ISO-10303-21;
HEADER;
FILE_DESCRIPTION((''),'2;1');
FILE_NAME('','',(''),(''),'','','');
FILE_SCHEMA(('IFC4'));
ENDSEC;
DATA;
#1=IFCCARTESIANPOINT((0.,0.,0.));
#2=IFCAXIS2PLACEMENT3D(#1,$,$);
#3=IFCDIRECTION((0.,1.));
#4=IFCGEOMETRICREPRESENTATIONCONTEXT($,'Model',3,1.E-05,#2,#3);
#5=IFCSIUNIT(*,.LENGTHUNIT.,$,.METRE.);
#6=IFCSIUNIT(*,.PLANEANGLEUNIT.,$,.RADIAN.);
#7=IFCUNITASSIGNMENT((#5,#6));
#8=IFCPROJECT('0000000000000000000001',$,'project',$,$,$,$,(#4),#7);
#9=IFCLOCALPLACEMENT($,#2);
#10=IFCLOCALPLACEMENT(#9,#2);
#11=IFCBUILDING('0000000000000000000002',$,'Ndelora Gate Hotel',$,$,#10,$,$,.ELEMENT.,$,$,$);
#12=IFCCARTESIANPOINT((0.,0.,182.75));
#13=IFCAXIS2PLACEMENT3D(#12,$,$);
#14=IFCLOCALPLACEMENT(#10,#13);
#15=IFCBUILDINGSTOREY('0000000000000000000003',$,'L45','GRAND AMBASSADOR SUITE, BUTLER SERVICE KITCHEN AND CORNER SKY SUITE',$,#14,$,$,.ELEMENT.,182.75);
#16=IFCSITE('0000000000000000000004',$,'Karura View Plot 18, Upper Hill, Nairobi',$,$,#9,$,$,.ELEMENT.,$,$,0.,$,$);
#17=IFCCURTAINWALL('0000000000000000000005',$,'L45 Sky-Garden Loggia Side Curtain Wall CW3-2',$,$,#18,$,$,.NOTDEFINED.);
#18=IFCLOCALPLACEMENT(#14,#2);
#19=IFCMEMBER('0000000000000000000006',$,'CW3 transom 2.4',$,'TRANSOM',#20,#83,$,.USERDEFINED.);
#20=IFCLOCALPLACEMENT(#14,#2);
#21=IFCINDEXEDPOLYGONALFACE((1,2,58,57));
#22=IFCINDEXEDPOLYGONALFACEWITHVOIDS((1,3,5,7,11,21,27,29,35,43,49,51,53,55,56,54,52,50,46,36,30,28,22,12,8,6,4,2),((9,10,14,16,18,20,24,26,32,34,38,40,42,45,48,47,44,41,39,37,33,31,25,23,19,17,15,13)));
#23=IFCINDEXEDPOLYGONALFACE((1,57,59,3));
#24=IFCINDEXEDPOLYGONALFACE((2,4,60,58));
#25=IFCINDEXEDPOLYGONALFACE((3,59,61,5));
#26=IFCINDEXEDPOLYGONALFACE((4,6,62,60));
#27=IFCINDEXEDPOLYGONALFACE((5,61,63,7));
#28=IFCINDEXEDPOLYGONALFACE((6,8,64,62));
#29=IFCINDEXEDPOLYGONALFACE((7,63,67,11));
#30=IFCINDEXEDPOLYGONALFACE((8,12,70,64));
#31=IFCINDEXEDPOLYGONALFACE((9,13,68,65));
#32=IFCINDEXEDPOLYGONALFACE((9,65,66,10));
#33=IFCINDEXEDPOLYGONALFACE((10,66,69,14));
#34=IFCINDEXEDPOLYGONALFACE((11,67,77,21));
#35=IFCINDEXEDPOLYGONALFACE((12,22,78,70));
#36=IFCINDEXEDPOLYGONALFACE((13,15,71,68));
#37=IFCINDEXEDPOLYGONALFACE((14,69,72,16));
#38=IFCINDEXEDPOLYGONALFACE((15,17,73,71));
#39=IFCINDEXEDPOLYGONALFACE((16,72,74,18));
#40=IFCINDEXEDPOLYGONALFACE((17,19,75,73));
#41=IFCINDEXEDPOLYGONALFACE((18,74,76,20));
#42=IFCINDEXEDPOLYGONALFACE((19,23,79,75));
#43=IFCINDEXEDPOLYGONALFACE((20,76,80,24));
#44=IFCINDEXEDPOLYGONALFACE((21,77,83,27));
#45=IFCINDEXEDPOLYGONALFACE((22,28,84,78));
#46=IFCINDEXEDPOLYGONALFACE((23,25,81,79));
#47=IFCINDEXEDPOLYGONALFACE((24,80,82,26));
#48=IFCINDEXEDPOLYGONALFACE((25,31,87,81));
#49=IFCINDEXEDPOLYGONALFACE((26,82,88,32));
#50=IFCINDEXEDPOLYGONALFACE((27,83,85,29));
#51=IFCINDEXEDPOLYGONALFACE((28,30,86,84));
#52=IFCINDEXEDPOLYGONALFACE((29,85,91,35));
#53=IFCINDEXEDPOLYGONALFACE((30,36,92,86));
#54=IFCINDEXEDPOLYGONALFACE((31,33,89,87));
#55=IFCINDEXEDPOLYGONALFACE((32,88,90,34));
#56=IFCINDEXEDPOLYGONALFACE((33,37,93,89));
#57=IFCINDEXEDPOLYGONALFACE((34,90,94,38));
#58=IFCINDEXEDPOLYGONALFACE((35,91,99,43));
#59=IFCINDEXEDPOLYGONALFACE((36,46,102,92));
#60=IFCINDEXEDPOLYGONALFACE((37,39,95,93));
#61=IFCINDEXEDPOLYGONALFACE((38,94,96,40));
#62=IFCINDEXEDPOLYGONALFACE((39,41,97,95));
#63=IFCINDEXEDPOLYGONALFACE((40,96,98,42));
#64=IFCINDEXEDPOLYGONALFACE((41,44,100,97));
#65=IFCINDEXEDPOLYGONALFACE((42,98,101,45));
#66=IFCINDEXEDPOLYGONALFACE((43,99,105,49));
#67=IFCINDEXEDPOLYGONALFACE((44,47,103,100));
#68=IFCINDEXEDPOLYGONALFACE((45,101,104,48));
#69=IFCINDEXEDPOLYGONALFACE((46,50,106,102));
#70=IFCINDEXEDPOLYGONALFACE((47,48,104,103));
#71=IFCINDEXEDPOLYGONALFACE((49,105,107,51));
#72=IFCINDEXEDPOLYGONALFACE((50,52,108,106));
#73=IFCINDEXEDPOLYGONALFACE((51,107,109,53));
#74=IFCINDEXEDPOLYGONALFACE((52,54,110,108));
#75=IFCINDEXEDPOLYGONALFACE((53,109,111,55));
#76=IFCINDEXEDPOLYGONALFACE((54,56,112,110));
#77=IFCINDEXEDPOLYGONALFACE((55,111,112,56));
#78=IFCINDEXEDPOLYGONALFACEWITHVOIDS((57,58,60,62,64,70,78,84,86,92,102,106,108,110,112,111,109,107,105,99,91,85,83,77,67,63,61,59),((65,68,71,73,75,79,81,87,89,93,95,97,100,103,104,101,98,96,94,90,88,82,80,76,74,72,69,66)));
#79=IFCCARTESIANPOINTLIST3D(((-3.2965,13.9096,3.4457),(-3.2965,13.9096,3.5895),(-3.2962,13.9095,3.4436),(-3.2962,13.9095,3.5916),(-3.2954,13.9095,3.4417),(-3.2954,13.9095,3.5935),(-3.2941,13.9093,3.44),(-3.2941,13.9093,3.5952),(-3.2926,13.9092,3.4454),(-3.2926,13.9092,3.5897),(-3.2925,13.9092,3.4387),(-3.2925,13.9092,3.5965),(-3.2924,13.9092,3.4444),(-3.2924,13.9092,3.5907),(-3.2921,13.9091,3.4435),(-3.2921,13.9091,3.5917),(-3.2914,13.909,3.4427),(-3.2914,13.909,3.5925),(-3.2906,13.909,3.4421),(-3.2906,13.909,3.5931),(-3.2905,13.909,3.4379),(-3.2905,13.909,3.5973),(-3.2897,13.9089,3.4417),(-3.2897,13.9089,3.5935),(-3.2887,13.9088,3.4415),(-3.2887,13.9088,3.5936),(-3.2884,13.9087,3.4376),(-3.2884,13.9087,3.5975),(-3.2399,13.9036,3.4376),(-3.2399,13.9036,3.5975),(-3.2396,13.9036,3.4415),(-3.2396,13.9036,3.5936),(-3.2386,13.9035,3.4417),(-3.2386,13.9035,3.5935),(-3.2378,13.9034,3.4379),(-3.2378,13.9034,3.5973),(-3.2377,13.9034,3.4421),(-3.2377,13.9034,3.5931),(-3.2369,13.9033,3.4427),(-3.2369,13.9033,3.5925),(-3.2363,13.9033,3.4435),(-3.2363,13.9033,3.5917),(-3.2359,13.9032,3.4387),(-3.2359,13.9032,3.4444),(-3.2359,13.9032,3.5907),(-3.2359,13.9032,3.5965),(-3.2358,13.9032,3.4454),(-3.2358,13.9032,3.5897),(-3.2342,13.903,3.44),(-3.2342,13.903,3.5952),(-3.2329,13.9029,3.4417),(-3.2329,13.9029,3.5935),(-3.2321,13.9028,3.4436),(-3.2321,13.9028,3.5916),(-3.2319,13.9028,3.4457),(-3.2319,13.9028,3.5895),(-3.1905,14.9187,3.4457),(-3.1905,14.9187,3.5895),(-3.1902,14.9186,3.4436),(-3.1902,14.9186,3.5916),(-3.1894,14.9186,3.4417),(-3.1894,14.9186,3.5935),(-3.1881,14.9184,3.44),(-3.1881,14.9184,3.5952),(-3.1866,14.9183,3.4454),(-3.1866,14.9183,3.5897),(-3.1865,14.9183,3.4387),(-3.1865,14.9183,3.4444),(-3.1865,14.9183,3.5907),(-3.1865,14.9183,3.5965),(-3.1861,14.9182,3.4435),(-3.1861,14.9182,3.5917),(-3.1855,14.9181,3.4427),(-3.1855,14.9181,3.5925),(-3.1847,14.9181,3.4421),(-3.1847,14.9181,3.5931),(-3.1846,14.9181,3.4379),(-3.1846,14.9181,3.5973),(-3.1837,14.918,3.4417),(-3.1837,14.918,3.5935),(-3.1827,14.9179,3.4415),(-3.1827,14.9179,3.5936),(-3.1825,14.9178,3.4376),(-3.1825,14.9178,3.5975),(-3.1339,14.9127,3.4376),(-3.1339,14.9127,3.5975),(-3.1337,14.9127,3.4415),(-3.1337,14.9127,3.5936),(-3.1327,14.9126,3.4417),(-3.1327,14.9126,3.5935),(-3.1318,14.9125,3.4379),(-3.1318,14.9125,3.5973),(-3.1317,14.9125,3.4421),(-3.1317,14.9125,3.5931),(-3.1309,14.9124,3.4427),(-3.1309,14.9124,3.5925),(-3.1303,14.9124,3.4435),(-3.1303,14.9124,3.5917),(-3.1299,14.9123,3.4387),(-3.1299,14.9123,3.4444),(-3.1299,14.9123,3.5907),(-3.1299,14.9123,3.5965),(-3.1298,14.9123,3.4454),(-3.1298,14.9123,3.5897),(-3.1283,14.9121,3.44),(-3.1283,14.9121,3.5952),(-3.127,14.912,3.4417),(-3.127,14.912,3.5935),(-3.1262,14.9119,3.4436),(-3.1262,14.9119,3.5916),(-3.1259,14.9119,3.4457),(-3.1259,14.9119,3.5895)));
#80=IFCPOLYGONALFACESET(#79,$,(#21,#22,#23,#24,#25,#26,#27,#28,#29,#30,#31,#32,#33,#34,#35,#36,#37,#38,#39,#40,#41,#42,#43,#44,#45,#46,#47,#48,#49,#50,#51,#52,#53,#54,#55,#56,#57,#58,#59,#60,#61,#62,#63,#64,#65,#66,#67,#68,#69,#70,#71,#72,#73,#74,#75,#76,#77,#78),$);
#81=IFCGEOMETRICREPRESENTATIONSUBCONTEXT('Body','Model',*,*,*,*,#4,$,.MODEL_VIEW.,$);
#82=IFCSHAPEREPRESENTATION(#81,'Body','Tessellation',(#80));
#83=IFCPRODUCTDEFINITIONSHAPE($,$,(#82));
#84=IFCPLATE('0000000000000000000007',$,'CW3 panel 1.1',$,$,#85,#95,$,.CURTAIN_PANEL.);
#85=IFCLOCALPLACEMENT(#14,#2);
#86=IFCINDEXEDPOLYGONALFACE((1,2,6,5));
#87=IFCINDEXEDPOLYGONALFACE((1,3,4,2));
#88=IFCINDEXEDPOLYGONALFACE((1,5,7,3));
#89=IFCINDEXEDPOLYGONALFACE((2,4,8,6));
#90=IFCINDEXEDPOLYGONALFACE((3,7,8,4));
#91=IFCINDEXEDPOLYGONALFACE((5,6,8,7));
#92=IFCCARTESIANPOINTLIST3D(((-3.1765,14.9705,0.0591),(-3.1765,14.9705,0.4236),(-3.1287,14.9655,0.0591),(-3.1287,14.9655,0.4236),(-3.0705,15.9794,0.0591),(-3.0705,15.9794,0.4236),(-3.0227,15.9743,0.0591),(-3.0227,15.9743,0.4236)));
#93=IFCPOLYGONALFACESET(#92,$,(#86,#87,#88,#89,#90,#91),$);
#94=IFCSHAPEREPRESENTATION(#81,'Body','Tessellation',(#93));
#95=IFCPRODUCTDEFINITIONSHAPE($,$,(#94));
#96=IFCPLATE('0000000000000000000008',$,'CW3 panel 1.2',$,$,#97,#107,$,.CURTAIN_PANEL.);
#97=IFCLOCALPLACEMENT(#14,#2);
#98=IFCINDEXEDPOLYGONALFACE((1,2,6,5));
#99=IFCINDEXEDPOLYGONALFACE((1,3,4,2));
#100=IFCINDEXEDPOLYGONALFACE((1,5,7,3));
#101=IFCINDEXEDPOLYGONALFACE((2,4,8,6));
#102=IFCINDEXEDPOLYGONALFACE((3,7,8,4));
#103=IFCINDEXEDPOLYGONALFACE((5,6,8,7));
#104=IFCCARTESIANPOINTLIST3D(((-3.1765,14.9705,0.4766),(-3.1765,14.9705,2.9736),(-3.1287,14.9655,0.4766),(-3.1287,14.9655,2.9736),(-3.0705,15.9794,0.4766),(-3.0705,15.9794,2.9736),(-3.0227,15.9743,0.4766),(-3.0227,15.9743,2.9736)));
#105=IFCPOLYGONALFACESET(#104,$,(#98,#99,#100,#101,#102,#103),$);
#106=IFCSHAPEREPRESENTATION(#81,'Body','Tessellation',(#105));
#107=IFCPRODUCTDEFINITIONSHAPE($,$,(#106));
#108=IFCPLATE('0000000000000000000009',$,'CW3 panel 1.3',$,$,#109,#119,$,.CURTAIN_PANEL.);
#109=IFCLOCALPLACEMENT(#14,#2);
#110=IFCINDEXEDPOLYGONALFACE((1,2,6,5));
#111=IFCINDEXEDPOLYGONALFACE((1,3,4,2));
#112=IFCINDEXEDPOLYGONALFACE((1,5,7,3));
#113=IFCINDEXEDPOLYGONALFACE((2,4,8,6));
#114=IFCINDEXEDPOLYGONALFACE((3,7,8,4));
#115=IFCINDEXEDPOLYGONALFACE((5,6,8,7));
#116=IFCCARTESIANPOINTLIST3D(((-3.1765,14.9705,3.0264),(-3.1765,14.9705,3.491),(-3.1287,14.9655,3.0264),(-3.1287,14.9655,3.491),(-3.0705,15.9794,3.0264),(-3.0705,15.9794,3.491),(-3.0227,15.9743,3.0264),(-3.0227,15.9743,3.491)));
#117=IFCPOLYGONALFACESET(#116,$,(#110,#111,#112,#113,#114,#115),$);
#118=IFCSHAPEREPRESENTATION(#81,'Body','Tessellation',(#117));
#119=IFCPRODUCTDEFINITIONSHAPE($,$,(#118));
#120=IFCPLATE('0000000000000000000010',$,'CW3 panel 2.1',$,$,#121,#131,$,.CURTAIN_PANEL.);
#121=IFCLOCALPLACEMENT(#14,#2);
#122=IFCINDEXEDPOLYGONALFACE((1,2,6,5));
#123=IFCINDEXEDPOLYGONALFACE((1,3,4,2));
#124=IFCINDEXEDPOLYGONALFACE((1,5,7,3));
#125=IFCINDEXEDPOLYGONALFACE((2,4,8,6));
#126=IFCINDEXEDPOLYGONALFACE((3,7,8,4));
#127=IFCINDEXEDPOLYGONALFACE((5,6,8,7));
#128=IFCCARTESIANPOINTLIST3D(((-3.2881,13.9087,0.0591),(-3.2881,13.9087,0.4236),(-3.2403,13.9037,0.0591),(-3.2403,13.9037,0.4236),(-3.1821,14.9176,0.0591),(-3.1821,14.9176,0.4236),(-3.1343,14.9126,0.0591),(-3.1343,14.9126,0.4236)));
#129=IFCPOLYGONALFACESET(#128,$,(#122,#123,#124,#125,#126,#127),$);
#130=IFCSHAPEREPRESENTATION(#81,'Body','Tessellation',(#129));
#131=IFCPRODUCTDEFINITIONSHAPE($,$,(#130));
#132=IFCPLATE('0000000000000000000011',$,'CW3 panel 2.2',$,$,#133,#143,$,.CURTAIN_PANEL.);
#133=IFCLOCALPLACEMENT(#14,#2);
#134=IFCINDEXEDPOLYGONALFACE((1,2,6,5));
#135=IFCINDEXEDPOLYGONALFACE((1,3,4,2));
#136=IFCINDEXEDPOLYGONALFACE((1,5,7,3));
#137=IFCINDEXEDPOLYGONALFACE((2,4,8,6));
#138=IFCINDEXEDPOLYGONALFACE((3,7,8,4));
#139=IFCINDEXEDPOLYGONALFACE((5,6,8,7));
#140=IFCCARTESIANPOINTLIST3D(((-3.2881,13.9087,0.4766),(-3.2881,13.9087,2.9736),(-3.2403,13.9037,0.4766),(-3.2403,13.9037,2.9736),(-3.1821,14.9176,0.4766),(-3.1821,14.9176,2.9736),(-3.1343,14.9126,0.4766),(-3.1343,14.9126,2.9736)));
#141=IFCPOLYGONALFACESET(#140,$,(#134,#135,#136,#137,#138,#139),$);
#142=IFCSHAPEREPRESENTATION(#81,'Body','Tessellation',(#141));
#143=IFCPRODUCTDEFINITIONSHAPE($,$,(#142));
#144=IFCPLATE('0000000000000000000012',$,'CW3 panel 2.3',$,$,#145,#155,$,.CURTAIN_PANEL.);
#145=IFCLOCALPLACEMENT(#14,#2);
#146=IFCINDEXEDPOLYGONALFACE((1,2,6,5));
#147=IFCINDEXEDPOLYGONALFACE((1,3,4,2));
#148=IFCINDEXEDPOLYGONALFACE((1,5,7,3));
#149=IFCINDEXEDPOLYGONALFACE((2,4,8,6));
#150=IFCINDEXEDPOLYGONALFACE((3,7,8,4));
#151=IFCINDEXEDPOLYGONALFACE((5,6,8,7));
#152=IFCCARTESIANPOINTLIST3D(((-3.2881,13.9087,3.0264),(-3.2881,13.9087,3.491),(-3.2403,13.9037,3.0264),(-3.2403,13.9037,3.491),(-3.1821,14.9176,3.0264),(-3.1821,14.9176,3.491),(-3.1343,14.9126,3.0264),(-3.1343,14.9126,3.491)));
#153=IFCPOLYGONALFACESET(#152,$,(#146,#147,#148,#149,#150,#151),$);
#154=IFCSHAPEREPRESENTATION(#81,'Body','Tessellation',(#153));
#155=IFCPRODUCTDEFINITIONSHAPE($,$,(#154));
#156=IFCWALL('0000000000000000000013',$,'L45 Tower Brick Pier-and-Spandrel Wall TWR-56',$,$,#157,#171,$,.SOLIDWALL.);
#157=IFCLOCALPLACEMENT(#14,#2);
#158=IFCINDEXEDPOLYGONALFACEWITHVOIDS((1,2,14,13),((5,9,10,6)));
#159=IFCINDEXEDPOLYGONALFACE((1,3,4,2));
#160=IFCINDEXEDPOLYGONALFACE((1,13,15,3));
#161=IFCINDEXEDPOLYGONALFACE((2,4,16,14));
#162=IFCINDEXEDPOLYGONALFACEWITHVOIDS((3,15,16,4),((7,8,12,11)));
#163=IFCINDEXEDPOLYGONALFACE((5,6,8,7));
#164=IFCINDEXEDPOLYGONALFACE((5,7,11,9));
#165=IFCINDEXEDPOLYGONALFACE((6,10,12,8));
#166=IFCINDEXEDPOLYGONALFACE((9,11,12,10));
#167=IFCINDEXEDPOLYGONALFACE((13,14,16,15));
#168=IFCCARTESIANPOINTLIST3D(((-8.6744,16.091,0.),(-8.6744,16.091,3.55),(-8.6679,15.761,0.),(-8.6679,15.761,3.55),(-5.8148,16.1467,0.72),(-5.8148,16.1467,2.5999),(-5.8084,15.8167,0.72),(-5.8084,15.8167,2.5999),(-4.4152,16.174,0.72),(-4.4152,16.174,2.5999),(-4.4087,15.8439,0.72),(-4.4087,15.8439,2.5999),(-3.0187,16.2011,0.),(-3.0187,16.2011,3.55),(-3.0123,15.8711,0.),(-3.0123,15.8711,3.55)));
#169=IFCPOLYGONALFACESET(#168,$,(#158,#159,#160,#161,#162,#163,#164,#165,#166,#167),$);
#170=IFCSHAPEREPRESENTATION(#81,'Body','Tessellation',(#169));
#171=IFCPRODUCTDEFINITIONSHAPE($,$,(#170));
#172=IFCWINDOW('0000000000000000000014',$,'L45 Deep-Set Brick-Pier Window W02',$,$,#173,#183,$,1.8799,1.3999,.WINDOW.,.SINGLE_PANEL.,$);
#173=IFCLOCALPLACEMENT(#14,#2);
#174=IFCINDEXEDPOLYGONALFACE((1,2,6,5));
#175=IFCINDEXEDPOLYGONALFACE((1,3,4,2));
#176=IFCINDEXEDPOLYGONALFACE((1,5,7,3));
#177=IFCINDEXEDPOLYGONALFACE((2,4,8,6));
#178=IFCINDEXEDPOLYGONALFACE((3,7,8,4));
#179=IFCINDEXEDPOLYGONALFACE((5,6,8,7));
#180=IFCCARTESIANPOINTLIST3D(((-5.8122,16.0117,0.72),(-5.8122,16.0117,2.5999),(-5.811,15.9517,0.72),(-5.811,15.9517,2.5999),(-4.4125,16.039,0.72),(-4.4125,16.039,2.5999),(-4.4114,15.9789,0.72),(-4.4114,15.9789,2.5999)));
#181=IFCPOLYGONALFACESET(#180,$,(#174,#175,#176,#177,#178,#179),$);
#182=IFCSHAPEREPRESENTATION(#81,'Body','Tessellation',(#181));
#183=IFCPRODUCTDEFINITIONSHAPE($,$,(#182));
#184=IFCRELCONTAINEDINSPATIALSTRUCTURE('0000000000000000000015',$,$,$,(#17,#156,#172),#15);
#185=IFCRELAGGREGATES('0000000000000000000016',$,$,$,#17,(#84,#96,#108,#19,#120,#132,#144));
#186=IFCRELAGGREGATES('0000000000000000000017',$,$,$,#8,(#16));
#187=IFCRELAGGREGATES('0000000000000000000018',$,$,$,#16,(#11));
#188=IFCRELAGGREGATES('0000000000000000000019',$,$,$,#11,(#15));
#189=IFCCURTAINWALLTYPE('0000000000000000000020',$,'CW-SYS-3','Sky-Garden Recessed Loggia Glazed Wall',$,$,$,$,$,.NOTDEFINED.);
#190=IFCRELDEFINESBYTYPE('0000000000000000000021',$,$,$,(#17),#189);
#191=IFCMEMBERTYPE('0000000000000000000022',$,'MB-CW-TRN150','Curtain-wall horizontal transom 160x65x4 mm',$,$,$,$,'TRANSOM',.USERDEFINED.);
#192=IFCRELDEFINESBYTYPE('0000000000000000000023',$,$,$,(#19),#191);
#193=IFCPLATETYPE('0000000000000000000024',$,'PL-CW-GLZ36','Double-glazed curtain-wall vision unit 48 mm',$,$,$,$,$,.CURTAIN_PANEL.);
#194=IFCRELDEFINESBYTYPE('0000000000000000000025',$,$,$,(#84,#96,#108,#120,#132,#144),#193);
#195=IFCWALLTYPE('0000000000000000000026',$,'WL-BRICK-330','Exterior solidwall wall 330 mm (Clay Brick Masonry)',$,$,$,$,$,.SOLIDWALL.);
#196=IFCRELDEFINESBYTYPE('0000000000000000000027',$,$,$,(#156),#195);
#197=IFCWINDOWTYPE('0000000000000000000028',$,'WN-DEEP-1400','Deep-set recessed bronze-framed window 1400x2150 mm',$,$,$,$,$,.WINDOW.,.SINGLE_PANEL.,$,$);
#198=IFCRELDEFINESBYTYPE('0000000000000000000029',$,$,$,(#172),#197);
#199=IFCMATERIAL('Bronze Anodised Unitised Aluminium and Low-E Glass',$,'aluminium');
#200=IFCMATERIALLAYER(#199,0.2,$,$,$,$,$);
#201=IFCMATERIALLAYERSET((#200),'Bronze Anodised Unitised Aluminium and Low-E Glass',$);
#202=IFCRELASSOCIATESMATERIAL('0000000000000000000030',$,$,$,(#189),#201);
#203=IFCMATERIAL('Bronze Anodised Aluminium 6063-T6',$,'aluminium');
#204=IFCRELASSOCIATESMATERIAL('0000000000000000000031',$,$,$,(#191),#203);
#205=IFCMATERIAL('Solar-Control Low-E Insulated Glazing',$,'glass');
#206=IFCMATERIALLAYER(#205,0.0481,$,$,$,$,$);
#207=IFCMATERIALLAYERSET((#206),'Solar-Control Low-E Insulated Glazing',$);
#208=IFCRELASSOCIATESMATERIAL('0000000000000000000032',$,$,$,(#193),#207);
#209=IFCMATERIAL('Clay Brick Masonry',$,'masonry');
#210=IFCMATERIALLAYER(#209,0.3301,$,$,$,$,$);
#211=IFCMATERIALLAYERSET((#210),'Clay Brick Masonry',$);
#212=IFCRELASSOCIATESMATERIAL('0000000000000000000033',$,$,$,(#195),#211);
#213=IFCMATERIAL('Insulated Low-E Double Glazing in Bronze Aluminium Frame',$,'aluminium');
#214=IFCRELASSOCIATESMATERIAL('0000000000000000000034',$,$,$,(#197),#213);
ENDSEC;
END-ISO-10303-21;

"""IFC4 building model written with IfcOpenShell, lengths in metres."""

from ifc_helpers import new_model, si_unit, direction, frame, frame_2d, origin, origin_2d, place, context, subcontext, project, spatial, rectangle, hollow_rectangle, extrude, material, layer, layer_set, material_profile, profile_set, type_object, element, fill, aggregate, save


model = new_model("IFC4")

# Units and contexts
model_context = context("Model", 3, precision=1e-05, world=origin(), true_north=direction((0.0, 1.0)))
body_context = subcontext(model_context, "Body", "Model", "MODEL_VIEW")
ifc_project = project(units=[si_unit("LENGTHUNIT", "METRE"), si_unit("PLANEANGLEUNIT", "RADIAN")], contexts=[model_context])

# Site, building, storey
site_placement = place(None, origin())
site = spatial("IfcSite", under=ifc_project, at=site_placement, Name="Karura View Plot 18, Upper Hill, Nairobi", CompositionType="ELEMENT", RefElevation=0.0)
building_placement = place(site_placement, origin())
building = spatial("IfcBuilding", under=site, at=building_placement, Name="Ndelora Gate Hotel", CompositionType="ELEMENT")
storey_placement = place(building_placement, frame((0.0, 0.0, 182.75)))
storey = spatial("IfcBuildingStorey", under=building, at=storey_placement, Name="L45", Description="GRAND AMBASSADOR SUITE, BUTLER SERVICE KITCHEN AND CORNER SKY SUITE", CompositionType="ELEMENT", Elevation=182.75)

# Curtain wall, member, plates
ifc_material_1 = material(Name="Bronze Anodised Unitised Aluminium and Low-E Glass", Category="aluminium")
ifc_layer_1 = layer(ifc_material_1, 0.2)
ifc_layer_set_1 = layer_set([ifc_layer_1], Name="Bronze Anodised Unitised Aluminium and Low-E Glass")
curtain_wall_type = type_object("IfcCurtainWallType", Name="CW-SYS-3", Description="Sky-Garden Recessed Loggia Glazed Wall", PredefinedType="NOTDEFINED", material=ifc_layer_set_1)
curtain_wall_placement = place(storey_placement, origin())
curtain_wall = element("IfcCurtainWall", 1, at=curtain_wall_placement, inside=storey, type_object=curtain_wall_type, Name="L45 Sky-Garden Loggia Side Curtain Wall CW3-2", PredefinedType="NOTDEFINED")
ifc_material_2 = material(Name="Bronze Anodised Aluminium 6063-T6", Category="aluminium")
ifc_material_profile_1 = material_profile(ifc_material_2, hollow_rectangle(XDim=0.0649, YDim=0.1599, WallThickness=0.0039, InnerFilletRadius=0.0039, OuterFilletRadius=0.0081, at=origin_2d()), Name="ALU 160x65x4")
ifc_profile_set_1 = profile_set([ifc_material_profile_1], Name="Bronze Anodised Aluminium 6063-T6")
member_type_1 = type_object("IfcMemberType", Name="MB-CW-TRN150", Description="Curtain-wall horizontal transom 160x65x4 mm", ElementType="TRANSOM", PredefinedType="USERDEFINED", material=ifc_profile_set_1)
member_1_placement = place(storey_placement, frame((-3.1582, 14.9153, 3.5176), z_axis=(-0.104434, -0.994532, 0.0), x_axis=(0.994532, -0.104434, 0.0)))
member_1 = element("IfcMember", 2, at=member_1_placement, type_object=member_type_1, Name="CW3 transom 2.4", ObjectType="TRANSOM", PredefinedType="USERDEFINED", context=body_context, shape_type="SweptSolid", body=[
    extrude(hollow_rectangle(XDim=0.0649, YDim=0.1599, WallThickness=0.0039, InnerFilletRadius=0.0039, OuterFilletRadius=0.0081, at=origin_2d()), origin(), (0.0, 0.0, 1.0), 1.0146),
])
ifc_material_3 = material(Name="Solar-Control Low-E Insulated Glazing", Category="glass")
ifc_layer_2 = layer(ifc_material_3, 0.0481)
ifc_layer_set_2 = layer_set([ifc_layer_2], Name="Solar-Control Low-E Insulated Glazing")
plate_type = type_object("IfcPlateType", Name="PL-CW-GLZ36", Description="Double-glazed curtain-wall vision unit 48 mm", PredefinedType="CURTAIN_PANEL", material=ifc_layer_set_2)
plate_1_placement = place(storey_placement, frame((-3.0996, 15.4724, 0.0591), z_axis=(0.0, 0.0, 1.0), x_axis=(-0.104498, -0.994525, 0.0)))
plate_1 = element("IfcPlate", 3, at=plate_1_placement, type_object=plate_type, Name="CW3 panel 1.1", PredefinedType="CURTAIN_PANEL", context=body_context, shape_type="SweptSolid", body=[
    extrude(rectangle(XDim=1.0144, YDim=0.0481, at=origin_2d()), origin(), (0.0, 0.0, 1.0), 0.3645),
])
plate_2_placement = place(storey_placement, frame((-3.0996, 15.4724, 0.4766), z_axis=(0.0, 0.0, 1.0), x_axis=(-0.104498, -0.994525, 0.0)))
plate_2 = element("IfcPlate", 4, at=plate_2_placement, type_object=plate_type, Name="CW3 panel 1.2", PredefinedType="CURTAIN_PANEL", context=body_context, shape_type="SweptSolid", body=[
    extrude(rectangle(XDim=1.0144, YDim=0.0481, at=origin_2d()), origin(), (0.0, 0.0, 1.0), 2.4971),
])
plate_3_placement = place(storey_placement, frame((-3.0996, 15.4724, 3.0264), z_axis=(0.0, 0.0, 1.0), x_axis=(-0.104498, -0.994525, 0.0)))
plate_3 = element("IfcPlate", 5, at=plate_3_placement, type_object=plate_type, Name="CW3 panel 1.3", PredefinedType="CURTAIN_PANEL", context=body_context, shape_type="SweptSolid", body=[
    extrude(rectangle(XDim=1.0144, YDim=0.0481, at=origin_2d()), origin(), (0.0, 0.0, 1.0), 0.4646),
])
plate_4_placement = place(storey_placement, frame((-3.2112, 14.4106, 0.0591), z_axis=(0.0, 0.0, 1.0), x_axis=(-0.104498, -0.994525, 0.0)))
plate_4 = element("IfcPlate", 6, at=plate_4_placement, type_object=plate_type, Name="CW3 panel 2.1", PredefinedType="CURTAIN_PANEL", context=body_context, shape_type="SweptSolid", body=[
    extrude(rectangle(XDim=1.0144, YDim=0.0481, at=origin_2d()), origin(), (0.0, 0.0, 1.0), 0.3645),
])
plate_5_placement = place(storey_placement, frame((-3.2112, 14.4106, 0.4766), z_axis=(0.0, 0.0, 1.0), x_axis=(-0.104498, -0.994525, 0.0)))
plate_5 = element("IfcPlate", 7, at=plate_5_placement, type_object=plate_type, Name="CW3 panel 2.2", PredefinedType="CURTAIN_PANEL", context=body_context, shape_type="SweptSolid", body=[
    extrude(rectangle(XDim=1.0144, YDim=0.0481, at=origin_2d()), origin(), (0.0, 0.0, 1.0), 2.4971),
])
plate_6_placement = place(storey_placement, frame((-3.2112, 14.4106, 3.0264), z_axis=(0.0, 0.0, 1.0), x_axis=(-0.104498, -0.994525, 0.0)))
plate_6 = element("IfcPlate", 8, at=plate_6_placement, type_object=plate_type, Name="CW3 panel 2.3", PredefinedType="CURTAIN_PANEL", context=body_context, shape_type="SweptSolid", body=[
    extrude(rectangle(XDim=1.0144, YDim=0.0481, at=origin_2d()), origin(), (0.0, 0.0, 1.0), 0.4646),
])
aggregate(curtain_wall, [plate_1, plate_2, plate_3, member_1, plate_4, plate_5, plate_6])

# Wall, opening, window
ifc_material_4 = material(Name="Clay Brick Masonry", Category="masonry")
ifc_layer_3 = layer(ifc_material_4, 0.3301)
ifc_layer_set_3 = layer_set([ifc_layer_3], Name="Clay Brick Masonry")
wall_type_1 = type_object("IfcWallType", Name="WL-BRICK-330", Description="Exterior solidwall wall 330 mm (Clay Brick Masonry)", PredefinedType="SOLIDWALL", material=ifc_layer_set_3)
wall_1_placement = place(storey_placement, frame((-8.6711, 15.926, 0.0), z_axis=(0.0, 0.0, 1.0), x_axis=(0.999811, 0.019464, 0.0)))
wall_1 = element("IfcWall", 9, at=wall_1_placement, inside=storey, type_object=wall_type_1, Name="L45 Tower Brick Pier-and-Spandrel Wall TWR-56", PredefinedType="SOLIDWALL", context=body_context, shape_type="SweptSolid", body=[
    extrude(rectangle(XDim=5.6567, YDim=0.3301, at=frame_2d((2.8284, 0.0))), origin(), (0.0, 0.0, 1.0), 3.55),
])
opening_1_placement = place(wall_1_placement, frame((2.8601, 0.0, 0.72)))
opening_1 = element("IfcOpeningElement", 10, at=opening_1_placement, cuts=wall_1, PredefinedType="OPENING", context=body_context, shape_type="SweptSolid", body=[
    extrude(rectangle(XDim=1.3999, YDim=1.8799, at=frame_2d((0.7, 0.9399))), frame((0.0, 0.175, 0.0), z_axis=(0.0, -1.0, 0.0), x_axis=(1.0, 0.0, 0.0)), (0.0, 0.0, 1.0), 0.3501),
])
ifc_material_5 = material(Name="Insulated Low-E Double Glazing in Bronze Aluminium Frame", Category="aluminium")
window_type = type_object("IfcWindowType", Name="WN-DEEP-1400", Description="Deep-set recessed bronze-framed window 1400x2150 mm", PartitioningType="SINGLE_PANEL", PredefinedType="WINDOW", material=ifc_material_5)
window_1_placement = place(opening_1_placement, origin())
window_1 = element("IfcWindow", 11, at=window_1_placement, inside=storey, type_object=window_type, Name="L45 Deep-Set Brick-Pier Window W02", OverallHeight=1.8799, OverallWidth=1.3999, PartitioningType="SINGLE_PANEL", PredefinedType="WINDOW", context=body_context, shape_type="SweptSolid", body=[
    extrude(rectangle(XDim=1.3999, YDim=1.8799, at=frame_2d((0.7, 0.9399))), frame((0.0, 0.03, 0.0), z_axis=(0.0, -1.0, 0.0), x_axis=(1.0, 0.0, 0.0)), (0.0, 0.0, 1.0), 0.0601),
])
fill(opening_1, window_1)

save(model, "model.ifc")
